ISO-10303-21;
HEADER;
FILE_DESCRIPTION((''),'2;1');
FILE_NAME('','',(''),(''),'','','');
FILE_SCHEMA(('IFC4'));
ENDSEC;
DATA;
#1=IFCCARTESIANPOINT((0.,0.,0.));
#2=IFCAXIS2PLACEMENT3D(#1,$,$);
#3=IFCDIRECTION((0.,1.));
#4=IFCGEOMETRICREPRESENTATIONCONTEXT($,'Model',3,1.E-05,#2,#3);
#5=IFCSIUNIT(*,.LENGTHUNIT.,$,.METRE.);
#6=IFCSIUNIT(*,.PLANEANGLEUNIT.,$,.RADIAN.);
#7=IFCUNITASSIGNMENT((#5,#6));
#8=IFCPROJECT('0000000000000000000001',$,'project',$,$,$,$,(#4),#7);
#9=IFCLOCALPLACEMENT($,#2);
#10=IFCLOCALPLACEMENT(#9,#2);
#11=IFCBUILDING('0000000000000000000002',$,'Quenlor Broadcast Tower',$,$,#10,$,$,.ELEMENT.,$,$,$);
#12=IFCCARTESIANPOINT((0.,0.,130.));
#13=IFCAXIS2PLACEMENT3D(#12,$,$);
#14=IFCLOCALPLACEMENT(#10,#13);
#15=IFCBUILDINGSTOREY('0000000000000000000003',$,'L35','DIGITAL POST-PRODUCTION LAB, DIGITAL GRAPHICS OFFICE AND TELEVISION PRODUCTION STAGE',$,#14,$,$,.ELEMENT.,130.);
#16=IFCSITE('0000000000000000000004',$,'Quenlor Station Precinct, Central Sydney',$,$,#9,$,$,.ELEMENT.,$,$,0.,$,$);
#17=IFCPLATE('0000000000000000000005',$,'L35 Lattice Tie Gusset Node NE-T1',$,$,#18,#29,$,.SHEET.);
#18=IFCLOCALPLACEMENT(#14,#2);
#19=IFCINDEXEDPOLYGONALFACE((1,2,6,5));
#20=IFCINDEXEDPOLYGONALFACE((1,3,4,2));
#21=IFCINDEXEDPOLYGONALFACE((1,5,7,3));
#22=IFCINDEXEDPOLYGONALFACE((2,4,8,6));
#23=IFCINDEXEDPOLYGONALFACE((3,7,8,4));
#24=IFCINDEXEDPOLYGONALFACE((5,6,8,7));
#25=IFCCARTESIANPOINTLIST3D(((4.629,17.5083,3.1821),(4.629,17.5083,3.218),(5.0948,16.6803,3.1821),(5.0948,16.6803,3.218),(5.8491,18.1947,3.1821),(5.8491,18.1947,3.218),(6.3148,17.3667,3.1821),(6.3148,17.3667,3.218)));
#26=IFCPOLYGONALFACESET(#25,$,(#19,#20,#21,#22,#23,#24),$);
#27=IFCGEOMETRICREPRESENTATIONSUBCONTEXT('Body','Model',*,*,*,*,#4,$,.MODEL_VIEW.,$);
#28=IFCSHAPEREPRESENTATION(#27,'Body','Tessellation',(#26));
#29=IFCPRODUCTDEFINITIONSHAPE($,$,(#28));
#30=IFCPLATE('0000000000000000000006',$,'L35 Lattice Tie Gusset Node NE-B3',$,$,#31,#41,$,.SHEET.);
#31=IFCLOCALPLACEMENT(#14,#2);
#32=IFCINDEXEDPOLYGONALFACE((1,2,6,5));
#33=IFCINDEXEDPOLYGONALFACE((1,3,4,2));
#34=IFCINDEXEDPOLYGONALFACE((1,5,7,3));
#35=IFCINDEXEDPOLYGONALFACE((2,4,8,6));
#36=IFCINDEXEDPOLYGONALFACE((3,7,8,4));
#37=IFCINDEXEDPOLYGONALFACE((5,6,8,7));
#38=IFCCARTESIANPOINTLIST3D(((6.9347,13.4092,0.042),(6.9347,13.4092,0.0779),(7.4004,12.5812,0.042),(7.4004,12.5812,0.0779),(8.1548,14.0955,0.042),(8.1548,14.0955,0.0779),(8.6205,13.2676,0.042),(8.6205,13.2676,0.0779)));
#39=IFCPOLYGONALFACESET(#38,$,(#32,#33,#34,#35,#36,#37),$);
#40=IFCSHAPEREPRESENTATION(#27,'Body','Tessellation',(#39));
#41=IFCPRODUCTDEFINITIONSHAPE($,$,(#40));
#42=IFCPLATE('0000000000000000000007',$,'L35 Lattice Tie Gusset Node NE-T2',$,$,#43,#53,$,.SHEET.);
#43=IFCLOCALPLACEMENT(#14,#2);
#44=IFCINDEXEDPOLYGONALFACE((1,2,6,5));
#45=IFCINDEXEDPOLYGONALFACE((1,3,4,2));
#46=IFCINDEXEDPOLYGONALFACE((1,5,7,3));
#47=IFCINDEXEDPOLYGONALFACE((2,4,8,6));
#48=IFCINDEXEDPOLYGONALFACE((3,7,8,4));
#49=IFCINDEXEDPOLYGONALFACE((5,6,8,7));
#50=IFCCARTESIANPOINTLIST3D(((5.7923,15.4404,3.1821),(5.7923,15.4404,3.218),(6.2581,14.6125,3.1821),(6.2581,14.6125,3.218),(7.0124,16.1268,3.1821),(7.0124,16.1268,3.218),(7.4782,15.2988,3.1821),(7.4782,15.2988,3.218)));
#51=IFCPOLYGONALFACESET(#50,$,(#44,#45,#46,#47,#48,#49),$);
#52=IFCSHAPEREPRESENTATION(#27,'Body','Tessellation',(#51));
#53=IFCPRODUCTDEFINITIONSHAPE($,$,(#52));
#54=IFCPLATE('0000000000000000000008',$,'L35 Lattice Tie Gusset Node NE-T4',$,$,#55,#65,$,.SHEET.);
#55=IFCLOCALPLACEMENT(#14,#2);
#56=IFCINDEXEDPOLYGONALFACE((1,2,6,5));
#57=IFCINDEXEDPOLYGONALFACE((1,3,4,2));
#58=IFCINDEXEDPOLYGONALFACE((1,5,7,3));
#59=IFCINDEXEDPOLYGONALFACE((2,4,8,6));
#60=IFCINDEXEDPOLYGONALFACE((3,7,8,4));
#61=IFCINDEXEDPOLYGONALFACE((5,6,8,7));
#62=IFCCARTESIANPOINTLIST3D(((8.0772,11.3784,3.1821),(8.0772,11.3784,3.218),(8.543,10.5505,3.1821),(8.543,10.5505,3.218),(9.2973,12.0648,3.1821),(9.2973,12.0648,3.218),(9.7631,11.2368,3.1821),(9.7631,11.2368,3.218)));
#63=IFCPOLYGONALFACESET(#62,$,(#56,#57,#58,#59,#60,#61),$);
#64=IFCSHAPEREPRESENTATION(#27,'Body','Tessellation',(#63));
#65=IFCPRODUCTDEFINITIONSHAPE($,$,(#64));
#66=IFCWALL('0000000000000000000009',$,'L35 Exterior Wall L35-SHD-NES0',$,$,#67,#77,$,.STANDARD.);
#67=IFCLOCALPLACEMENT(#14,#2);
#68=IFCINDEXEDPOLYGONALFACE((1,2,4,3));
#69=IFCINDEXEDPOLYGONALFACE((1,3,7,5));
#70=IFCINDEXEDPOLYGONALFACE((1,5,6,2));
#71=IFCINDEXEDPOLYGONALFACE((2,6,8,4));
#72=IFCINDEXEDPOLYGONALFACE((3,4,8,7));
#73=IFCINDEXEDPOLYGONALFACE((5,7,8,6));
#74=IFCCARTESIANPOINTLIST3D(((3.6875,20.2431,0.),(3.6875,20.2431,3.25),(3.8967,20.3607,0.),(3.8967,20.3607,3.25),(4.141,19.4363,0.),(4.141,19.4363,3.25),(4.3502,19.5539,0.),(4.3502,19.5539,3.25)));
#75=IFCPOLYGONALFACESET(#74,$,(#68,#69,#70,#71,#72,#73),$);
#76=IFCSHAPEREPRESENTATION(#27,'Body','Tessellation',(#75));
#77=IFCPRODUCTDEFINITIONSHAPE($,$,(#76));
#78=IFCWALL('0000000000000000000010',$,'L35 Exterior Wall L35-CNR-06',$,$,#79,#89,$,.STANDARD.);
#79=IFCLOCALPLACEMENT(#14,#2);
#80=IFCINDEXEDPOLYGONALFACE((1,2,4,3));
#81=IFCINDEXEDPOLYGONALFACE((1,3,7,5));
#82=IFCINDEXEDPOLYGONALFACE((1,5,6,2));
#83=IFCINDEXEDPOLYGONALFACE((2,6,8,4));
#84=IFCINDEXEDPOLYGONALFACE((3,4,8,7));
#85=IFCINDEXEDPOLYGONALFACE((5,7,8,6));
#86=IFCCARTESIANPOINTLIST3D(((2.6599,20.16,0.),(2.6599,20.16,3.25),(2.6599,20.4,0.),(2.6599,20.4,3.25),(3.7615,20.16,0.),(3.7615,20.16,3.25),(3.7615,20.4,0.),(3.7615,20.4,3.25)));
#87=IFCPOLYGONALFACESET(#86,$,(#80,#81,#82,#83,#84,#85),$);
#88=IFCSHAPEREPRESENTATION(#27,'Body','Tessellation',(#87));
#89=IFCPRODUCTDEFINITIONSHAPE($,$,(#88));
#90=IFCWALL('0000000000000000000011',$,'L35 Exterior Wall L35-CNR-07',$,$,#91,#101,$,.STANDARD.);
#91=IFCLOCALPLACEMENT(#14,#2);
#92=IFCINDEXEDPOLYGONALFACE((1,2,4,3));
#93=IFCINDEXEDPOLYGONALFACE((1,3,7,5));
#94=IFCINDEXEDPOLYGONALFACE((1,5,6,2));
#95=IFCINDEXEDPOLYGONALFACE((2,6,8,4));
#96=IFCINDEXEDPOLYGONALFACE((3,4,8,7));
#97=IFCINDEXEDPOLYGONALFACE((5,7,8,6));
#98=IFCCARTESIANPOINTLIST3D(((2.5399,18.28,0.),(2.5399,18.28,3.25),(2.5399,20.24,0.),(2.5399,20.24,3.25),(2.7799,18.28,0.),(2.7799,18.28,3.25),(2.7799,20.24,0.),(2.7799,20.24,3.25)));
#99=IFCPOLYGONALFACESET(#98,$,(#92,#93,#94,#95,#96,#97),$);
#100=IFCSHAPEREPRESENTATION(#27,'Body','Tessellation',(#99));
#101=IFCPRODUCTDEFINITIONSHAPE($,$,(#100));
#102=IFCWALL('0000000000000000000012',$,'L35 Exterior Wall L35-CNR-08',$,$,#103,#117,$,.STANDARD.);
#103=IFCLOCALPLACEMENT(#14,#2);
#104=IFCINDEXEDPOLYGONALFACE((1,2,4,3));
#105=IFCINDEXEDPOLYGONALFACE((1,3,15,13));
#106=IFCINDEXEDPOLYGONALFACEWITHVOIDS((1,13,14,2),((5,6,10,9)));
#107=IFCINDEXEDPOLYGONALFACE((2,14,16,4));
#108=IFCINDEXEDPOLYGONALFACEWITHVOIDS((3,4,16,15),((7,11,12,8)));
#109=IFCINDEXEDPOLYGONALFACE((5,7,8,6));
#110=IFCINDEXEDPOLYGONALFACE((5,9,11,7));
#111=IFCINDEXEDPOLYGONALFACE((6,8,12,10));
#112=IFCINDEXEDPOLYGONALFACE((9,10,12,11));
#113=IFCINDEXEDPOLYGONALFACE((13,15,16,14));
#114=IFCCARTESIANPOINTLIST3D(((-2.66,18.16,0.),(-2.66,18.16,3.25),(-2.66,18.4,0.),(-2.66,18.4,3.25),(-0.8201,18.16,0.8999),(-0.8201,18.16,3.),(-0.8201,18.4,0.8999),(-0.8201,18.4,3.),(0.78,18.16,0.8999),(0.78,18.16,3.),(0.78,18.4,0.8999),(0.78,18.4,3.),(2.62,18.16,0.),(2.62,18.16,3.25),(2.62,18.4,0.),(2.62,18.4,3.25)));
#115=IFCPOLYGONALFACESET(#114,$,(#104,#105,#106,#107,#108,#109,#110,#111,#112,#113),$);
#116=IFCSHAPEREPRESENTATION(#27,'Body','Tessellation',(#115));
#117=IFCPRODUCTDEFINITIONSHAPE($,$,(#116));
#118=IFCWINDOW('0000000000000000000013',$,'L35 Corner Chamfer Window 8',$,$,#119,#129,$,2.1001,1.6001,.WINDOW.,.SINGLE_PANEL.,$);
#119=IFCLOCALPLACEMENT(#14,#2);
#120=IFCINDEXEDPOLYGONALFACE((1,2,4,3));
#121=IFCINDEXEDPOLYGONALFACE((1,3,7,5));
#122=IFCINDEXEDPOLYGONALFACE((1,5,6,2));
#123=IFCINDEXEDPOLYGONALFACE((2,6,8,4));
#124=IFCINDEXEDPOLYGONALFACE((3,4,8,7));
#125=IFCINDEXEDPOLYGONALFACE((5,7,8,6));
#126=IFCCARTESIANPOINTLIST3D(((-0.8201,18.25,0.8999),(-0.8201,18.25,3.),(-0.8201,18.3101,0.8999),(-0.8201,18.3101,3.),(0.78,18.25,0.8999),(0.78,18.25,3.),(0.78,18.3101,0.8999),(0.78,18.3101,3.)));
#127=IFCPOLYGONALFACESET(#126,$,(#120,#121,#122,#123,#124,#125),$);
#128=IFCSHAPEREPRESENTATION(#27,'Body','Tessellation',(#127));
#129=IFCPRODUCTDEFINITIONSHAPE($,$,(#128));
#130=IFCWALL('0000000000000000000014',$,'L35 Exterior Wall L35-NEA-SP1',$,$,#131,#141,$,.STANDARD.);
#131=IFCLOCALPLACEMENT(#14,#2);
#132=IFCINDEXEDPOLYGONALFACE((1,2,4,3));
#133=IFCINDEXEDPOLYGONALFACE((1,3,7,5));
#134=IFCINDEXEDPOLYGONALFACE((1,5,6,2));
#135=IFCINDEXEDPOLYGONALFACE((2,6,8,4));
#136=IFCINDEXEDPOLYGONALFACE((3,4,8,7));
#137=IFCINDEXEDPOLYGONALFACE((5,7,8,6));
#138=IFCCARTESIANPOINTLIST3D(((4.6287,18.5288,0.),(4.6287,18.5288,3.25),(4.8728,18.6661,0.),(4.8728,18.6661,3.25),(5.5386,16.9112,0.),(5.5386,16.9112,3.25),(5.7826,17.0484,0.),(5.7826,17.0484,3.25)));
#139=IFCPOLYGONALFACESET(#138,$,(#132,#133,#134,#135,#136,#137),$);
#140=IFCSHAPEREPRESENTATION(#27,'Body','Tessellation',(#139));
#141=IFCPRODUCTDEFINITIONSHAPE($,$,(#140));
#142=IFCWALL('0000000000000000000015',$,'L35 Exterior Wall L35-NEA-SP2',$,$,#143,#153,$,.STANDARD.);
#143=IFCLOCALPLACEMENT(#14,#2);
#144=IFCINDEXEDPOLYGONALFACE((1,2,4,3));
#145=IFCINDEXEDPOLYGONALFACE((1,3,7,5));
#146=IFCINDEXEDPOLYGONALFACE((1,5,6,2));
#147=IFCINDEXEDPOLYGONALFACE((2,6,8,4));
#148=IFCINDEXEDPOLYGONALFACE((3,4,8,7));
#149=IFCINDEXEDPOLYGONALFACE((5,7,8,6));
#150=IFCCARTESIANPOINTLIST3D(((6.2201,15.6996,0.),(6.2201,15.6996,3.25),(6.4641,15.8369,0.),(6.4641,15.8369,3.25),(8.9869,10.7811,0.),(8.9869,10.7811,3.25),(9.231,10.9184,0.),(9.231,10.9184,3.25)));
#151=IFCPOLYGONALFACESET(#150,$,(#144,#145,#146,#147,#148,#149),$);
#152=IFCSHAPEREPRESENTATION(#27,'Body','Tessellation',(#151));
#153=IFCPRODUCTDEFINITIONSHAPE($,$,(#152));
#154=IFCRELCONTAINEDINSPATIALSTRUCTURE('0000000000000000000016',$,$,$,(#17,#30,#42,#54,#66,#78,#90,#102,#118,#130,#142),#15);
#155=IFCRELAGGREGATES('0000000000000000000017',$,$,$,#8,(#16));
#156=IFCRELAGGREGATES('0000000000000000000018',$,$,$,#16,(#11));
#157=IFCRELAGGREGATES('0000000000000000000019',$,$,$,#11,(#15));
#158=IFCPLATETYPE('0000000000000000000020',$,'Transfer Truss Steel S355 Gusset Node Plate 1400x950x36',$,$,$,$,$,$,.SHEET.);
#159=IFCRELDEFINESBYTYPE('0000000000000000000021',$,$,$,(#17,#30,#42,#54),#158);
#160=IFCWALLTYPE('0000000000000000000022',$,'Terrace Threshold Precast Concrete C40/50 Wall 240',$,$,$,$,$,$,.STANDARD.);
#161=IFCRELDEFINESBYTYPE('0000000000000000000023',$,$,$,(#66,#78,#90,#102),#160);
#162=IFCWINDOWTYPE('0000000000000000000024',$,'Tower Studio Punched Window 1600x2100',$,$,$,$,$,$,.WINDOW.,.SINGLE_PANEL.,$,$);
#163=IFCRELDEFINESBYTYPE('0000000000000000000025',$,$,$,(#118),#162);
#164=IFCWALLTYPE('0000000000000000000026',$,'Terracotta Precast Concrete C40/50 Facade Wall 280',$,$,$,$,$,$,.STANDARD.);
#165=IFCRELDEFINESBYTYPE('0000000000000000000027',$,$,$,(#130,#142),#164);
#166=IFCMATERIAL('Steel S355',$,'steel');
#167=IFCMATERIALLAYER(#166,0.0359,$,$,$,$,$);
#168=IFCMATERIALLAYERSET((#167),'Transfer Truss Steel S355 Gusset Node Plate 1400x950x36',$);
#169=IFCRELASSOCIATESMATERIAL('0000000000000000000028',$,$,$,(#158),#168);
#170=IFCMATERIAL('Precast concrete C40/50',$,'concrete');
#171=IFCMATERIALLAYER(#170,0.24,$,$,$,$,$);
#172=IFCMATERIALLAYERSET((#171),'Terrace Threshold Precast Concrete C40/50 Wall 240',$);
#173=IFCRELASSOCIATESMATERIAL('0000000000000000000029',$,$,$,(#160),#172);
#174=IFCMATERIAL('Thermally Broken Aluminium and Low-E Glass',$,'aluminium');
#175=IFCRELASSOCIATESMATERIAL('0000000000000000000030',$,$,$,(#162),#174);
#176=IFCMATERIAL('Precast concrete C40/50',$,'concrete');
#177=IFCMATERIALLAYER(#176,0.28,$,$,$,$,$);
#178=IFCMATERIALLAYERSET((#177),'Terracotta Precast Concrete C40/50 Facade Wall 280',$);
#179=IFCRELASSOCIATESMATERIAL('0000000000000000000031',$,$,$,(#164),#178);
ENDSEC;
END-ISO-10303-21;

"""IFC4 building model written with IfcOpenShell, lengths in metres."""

from ifc_helpers import new_model, si_unit, direction, frame, frame_2d, origin, origin_2d, place, context, subcontext, project, spatial, rectangle, extrude, material, layer, layer_set, type_object, element, fill, save


model = new_model("IFC4")

# Units and contexts
model_context = context("Model", 3, precision=1e-05, world=origin(), true_north=direction((0.0, 1.0)))
body_context = subcontext(model_context, "Body", "Model", "MODEL_VIEW")
ifc_project = project(units=[si_unit("LENGTHUNIT", "METRE"), si_unit("PLANEANGLEUNIT", "RADIAN")], contexts=[model_context])

# Site, building, storey
site_placement = place(None, origin())
site = spatial("IfcSite", under=ifc_project, at=site_placement, Name="Quenlor Station Precinct, Central Sydney", CompositionType="ELEMENT", RefElevation=0.0)
building_placement = place(site_placement, origin())
building = spatial("IfcBuilding", under=site, at=building_placement, Name="Quenlor Broadcast Tower", CompositionType="ELEMENT")
storey_placement = place(building_placement, frame((0.0, 0.0, 130.0)))
storey = spatial("IfcBuildingStorey", under=building, at=storey_placement, Name="L35", Description="DIGITAL POST-PRODUCTION LAB, DIGITAL GRAPHICS OFFICE AND TELEVISION PRODUCTION STAGE", CompositionType="ELEMENT", Elevation=130.0)

# Plates
ifc_material_1 = material(Name="Steel S355", Category="steel")
ifc_layer_1 = layer(ifc_material_1, 0.0359)
ifc_layer_set_1 = layer_set([ifc_layer_1], Name="Transfer Truss Steel S355 Gusset Node Plate 1400x950x36")
plate_type_1 = type_object("IfcPlateType", Name="Transfer Truss Steel S355 Gusset Node Plate 1400x950x36", PredefinedType="SHEET", material=ifc_layer_set_1)
for number, where, z_axis, x_axis, name in (
    (1, (5.4719, 17.4375, 3.1821), (0.0, 0.0, 1.0), (0.871556, 0.490295, 0.0), "L35 Lattice Tie Gusset Node NE-T1"),
    (2, (7.7776, 13.3384, 0.042), (0.0, 0.0, 1.0), (0.871556, 0.490295, 0.0), "L35 Lattice Tie Gusset Node NE-B3"),
    (3, (6.6353, 15.3696, 3.1821), (0.0, 0.0, 1.0), (0.871556, 0.490295, 0.0), "L35 Lattice Tie Gusset Node NE-T2"),
    (4, (8.9202, 11.3076, 3.1821), (0.0, 0.0, 1.0), (0.871556, 0.490295, 0.0), "L35 Lattice Tie Gusset Node NE-T4"),
):
    element("IfcPlate", number, at=place(storey_placement, frame(where, z_axis=z_axis, x_axis=x_axis)), inside=storey, type_object=plate_type_1, Name=name, PredefinedType="SHEET", context=body_context, shape_type="SweptSolid", body=[
        extrude(rectangle(XDim=1.3999, YDim=0.95, at=origin_2d()), origin(), (0.0, 0.0, 1.0), 0.0359),
    ])

# Walls
ifc_material_2 = material(Name="Precast concrete C40/50", Category="concrete")
ifc_layer_2 = layer(ifc_material_2, 0.24)
ifc_layer_set_2 = layer_set([ifc_layer_2], Name="Terrace Threshold Precast Concrete C40/50 Wall 240")
wall_type_1 = type_object("IfcWallType", Name="Terrace Threshold Precast Concrete C40/50 Wall 240", PredefinedType="STANDARD", material=ifc_layer_set_2)
wall_1_placement = place(storey_placement, frame((3.792, 20.302, 0.0), z_axis=(0.0, 0.0, 1.0), x_axis=(0.490048, -0.871695, 0.0)))
element("IfcWall", 5, at=wall_1_placement, inside=storey, type_object=wall_type_1, Name="L35 Exterior Wall L35-SHD-NES0", PredefinedType="STANDARD", context=body_context, shape_type="SweptSolid", body=[
    extrude(rectangle(XDim=0.9255, YDim=0.24, at=frame_2d((0.4629, 0.0))), origin(), (0.0, 0.0, 1.0), 3.25),
])
wall_2_placement = place(storey_placement, frame((3.7615, 20.28, 0.0), z_axis=(0.0, 0.0, 1.0), x_axis=(-1.0, 0.0, 0.0)))
element("IfcWall", 6, at=wall_2_placement, inside=storey, type_object=wall_type_1, Name="L35 Exterior Wall L35-CNR-06", PredefinedType="STANDARD", context=body_context, shape_type="SweptSolid", body=[
    extrude(rectangle(XDim=1.1016, YDim=0.24, at=frame_2d((0.5508, 0.0))), origin(), (0.0, 0.0, 1.0), 3.25),
])
wall_3_placement = place(storey_placement, frame((2.6599, 20.24, 0.0), z_axis=(0.0, 0.0, 1.0), x_axis=(0.0, -1.0, 0.0)))
element("IfcWall", 7, at=wall_3_placement, inside=storey, type_object=wall_type_1, Name="L35 Exterior Wall L35-CNR-07", PredefinedType="STANDARD", context=body_context, shape_type="SweptSolid", body=[
    extrude(rectangle(XDim=1.96, YDim=0.24, at=frame_2d((0.98, 0.0))), origin(), (0.0, 0.0, 1.0), 3.25),
])

# Wall, opening, window
wall_4_placement = place(storey_placement, frame((2.6201, 18.28, 0.0), z_axis=(0.0, 0.0, 1.0), x_axis=(-1.0, 0.0, 0.0)))
wall_4 = element("IfcWall", 8, at=wall_4_placement, inside=storey, type_object=wall_type_1, Name="L35 Exterior Wall L35-CNR-08", PredefinedType="STANDARD", context=body_context, shape_type="SweptSolid", body=[
    extrude(rectangle(XDim=5.28, YDim=0.24, at=frame_2d((2.6401, 0.0))), origin(), (0.0, 0.0, 1.0), 3.25),
])
opening_placement = place(wall_4_placement, frame((1.8401, 0.0, 0.8999)))
opening = element("IfcOpeningElement", 9, at=opening_placement, cuts=wall_4, PredefinedType="OPENING", context=body_context, shape_type="SweptSolid", body=[
    extrude(rectangle(XDim=1.6001, YDim=2.1001, at=frame_2d((0.8, 1.05))), frame((0.0, 0.1299, 0.0), z_axis=(0.0, -1.0, 0.0), x_axis=(1.0, 0.0, 0.0)), (0.0, 0.0, 1.0), 0.26),
])
ifc_material_3 = material(Name="Thermally Broken Aluminium and Low-E Glass", Category="aluminium")
window_type = type_object("IfcWindowType", Name="Tower Studio Punched Window 1600x2100", PartitioningType="SINGLE_PANEL", PredefinedType="WINDOW", material=ifc_material_3)
window_placement = place(opening_placement, origin())
window = element("IfcWindow", 10, at=window_placement, inside=storey, type_object=window_type, Name="L35 Corner Chamfer Window 8", OverallHeight=2.1001, OverallWidth=1.6001, PartitioningType="SINGLE_PANEL", PredefinedType="WINDOW", context=body_context, shape_type="SweptSolid", body=[
    extrude(rectangle(XDim=1.6001, YDim=2.1001, at=frame_2d((0.8, 1.05))), frame((0.0, 0.03, 0.0), z_axis=(0.0, -1.0, 0.0), x_axis=(1.0, 0.0, 0.0)), (0.0, 0.0, 1.0), 0.0601),
])
fill(opening, window)

# Walls
ifc_material_4 = material(Name="Precast concrete C40/50", Category="concrete")
ifc_layer_3 = layer(ifc_material_4, 0.28)
ifc_layer_set_3 = layer_set([ifc_layer_3], Name="Terracotta Precast Concrete C40/50 Facade Wall 280")
wall_type_2 = type_object("IfcWallType", Name="Terracotta Precast Concrete C40/50 Facade Wall 280", PredefinedType="STANDARD", material=ifc_layer_set_3)
wall_5_placement = place(storey_placement, frame((4.7507, 18.5974, 0.0), z_axis=(0.0, 0.0, 1.0), x_axis=(0.490249, -0.871583, 0.0)))
element("IfcWall", 11, at=wall_5_placement, inside=storey, type_object=wall_type_2, Name="L35 Exterior Wall L35-NEA-SP1", PredefinedType="STANDARD", context=body_context, shape_type="SweptSolid", body=[
    extrude(rectangle(XDim=1.856, YDim=0.28, at=frame_2d((0.928, 0.0))), origin(), (0.0, 0.0, 1.0), 3.25),
])
wall_6_placement = place(storey_placement, frame((6.342, 15.7683, 0.0), z_axis=(0.0, 0.0, 1.0), x_axis=(0.49029, -0.871559, 0.0)))
element("IfcWall", 12, at=wall_6_placement, inside=storey, type_object=wall_type_2, Name="L35 Exterior Wall L35-NEA-SP2", PredefinedType="STANDARD", context=body_context, shape_type="SweptSolid", body=[
    extrude(rectangle(XDim=5.6433, YDim=0.28, at=frame_2d((2.8218, 0.0))), origin(), (0.0, 0.0, 1.0), 3.25),
])

save(model, "model.ifc")
